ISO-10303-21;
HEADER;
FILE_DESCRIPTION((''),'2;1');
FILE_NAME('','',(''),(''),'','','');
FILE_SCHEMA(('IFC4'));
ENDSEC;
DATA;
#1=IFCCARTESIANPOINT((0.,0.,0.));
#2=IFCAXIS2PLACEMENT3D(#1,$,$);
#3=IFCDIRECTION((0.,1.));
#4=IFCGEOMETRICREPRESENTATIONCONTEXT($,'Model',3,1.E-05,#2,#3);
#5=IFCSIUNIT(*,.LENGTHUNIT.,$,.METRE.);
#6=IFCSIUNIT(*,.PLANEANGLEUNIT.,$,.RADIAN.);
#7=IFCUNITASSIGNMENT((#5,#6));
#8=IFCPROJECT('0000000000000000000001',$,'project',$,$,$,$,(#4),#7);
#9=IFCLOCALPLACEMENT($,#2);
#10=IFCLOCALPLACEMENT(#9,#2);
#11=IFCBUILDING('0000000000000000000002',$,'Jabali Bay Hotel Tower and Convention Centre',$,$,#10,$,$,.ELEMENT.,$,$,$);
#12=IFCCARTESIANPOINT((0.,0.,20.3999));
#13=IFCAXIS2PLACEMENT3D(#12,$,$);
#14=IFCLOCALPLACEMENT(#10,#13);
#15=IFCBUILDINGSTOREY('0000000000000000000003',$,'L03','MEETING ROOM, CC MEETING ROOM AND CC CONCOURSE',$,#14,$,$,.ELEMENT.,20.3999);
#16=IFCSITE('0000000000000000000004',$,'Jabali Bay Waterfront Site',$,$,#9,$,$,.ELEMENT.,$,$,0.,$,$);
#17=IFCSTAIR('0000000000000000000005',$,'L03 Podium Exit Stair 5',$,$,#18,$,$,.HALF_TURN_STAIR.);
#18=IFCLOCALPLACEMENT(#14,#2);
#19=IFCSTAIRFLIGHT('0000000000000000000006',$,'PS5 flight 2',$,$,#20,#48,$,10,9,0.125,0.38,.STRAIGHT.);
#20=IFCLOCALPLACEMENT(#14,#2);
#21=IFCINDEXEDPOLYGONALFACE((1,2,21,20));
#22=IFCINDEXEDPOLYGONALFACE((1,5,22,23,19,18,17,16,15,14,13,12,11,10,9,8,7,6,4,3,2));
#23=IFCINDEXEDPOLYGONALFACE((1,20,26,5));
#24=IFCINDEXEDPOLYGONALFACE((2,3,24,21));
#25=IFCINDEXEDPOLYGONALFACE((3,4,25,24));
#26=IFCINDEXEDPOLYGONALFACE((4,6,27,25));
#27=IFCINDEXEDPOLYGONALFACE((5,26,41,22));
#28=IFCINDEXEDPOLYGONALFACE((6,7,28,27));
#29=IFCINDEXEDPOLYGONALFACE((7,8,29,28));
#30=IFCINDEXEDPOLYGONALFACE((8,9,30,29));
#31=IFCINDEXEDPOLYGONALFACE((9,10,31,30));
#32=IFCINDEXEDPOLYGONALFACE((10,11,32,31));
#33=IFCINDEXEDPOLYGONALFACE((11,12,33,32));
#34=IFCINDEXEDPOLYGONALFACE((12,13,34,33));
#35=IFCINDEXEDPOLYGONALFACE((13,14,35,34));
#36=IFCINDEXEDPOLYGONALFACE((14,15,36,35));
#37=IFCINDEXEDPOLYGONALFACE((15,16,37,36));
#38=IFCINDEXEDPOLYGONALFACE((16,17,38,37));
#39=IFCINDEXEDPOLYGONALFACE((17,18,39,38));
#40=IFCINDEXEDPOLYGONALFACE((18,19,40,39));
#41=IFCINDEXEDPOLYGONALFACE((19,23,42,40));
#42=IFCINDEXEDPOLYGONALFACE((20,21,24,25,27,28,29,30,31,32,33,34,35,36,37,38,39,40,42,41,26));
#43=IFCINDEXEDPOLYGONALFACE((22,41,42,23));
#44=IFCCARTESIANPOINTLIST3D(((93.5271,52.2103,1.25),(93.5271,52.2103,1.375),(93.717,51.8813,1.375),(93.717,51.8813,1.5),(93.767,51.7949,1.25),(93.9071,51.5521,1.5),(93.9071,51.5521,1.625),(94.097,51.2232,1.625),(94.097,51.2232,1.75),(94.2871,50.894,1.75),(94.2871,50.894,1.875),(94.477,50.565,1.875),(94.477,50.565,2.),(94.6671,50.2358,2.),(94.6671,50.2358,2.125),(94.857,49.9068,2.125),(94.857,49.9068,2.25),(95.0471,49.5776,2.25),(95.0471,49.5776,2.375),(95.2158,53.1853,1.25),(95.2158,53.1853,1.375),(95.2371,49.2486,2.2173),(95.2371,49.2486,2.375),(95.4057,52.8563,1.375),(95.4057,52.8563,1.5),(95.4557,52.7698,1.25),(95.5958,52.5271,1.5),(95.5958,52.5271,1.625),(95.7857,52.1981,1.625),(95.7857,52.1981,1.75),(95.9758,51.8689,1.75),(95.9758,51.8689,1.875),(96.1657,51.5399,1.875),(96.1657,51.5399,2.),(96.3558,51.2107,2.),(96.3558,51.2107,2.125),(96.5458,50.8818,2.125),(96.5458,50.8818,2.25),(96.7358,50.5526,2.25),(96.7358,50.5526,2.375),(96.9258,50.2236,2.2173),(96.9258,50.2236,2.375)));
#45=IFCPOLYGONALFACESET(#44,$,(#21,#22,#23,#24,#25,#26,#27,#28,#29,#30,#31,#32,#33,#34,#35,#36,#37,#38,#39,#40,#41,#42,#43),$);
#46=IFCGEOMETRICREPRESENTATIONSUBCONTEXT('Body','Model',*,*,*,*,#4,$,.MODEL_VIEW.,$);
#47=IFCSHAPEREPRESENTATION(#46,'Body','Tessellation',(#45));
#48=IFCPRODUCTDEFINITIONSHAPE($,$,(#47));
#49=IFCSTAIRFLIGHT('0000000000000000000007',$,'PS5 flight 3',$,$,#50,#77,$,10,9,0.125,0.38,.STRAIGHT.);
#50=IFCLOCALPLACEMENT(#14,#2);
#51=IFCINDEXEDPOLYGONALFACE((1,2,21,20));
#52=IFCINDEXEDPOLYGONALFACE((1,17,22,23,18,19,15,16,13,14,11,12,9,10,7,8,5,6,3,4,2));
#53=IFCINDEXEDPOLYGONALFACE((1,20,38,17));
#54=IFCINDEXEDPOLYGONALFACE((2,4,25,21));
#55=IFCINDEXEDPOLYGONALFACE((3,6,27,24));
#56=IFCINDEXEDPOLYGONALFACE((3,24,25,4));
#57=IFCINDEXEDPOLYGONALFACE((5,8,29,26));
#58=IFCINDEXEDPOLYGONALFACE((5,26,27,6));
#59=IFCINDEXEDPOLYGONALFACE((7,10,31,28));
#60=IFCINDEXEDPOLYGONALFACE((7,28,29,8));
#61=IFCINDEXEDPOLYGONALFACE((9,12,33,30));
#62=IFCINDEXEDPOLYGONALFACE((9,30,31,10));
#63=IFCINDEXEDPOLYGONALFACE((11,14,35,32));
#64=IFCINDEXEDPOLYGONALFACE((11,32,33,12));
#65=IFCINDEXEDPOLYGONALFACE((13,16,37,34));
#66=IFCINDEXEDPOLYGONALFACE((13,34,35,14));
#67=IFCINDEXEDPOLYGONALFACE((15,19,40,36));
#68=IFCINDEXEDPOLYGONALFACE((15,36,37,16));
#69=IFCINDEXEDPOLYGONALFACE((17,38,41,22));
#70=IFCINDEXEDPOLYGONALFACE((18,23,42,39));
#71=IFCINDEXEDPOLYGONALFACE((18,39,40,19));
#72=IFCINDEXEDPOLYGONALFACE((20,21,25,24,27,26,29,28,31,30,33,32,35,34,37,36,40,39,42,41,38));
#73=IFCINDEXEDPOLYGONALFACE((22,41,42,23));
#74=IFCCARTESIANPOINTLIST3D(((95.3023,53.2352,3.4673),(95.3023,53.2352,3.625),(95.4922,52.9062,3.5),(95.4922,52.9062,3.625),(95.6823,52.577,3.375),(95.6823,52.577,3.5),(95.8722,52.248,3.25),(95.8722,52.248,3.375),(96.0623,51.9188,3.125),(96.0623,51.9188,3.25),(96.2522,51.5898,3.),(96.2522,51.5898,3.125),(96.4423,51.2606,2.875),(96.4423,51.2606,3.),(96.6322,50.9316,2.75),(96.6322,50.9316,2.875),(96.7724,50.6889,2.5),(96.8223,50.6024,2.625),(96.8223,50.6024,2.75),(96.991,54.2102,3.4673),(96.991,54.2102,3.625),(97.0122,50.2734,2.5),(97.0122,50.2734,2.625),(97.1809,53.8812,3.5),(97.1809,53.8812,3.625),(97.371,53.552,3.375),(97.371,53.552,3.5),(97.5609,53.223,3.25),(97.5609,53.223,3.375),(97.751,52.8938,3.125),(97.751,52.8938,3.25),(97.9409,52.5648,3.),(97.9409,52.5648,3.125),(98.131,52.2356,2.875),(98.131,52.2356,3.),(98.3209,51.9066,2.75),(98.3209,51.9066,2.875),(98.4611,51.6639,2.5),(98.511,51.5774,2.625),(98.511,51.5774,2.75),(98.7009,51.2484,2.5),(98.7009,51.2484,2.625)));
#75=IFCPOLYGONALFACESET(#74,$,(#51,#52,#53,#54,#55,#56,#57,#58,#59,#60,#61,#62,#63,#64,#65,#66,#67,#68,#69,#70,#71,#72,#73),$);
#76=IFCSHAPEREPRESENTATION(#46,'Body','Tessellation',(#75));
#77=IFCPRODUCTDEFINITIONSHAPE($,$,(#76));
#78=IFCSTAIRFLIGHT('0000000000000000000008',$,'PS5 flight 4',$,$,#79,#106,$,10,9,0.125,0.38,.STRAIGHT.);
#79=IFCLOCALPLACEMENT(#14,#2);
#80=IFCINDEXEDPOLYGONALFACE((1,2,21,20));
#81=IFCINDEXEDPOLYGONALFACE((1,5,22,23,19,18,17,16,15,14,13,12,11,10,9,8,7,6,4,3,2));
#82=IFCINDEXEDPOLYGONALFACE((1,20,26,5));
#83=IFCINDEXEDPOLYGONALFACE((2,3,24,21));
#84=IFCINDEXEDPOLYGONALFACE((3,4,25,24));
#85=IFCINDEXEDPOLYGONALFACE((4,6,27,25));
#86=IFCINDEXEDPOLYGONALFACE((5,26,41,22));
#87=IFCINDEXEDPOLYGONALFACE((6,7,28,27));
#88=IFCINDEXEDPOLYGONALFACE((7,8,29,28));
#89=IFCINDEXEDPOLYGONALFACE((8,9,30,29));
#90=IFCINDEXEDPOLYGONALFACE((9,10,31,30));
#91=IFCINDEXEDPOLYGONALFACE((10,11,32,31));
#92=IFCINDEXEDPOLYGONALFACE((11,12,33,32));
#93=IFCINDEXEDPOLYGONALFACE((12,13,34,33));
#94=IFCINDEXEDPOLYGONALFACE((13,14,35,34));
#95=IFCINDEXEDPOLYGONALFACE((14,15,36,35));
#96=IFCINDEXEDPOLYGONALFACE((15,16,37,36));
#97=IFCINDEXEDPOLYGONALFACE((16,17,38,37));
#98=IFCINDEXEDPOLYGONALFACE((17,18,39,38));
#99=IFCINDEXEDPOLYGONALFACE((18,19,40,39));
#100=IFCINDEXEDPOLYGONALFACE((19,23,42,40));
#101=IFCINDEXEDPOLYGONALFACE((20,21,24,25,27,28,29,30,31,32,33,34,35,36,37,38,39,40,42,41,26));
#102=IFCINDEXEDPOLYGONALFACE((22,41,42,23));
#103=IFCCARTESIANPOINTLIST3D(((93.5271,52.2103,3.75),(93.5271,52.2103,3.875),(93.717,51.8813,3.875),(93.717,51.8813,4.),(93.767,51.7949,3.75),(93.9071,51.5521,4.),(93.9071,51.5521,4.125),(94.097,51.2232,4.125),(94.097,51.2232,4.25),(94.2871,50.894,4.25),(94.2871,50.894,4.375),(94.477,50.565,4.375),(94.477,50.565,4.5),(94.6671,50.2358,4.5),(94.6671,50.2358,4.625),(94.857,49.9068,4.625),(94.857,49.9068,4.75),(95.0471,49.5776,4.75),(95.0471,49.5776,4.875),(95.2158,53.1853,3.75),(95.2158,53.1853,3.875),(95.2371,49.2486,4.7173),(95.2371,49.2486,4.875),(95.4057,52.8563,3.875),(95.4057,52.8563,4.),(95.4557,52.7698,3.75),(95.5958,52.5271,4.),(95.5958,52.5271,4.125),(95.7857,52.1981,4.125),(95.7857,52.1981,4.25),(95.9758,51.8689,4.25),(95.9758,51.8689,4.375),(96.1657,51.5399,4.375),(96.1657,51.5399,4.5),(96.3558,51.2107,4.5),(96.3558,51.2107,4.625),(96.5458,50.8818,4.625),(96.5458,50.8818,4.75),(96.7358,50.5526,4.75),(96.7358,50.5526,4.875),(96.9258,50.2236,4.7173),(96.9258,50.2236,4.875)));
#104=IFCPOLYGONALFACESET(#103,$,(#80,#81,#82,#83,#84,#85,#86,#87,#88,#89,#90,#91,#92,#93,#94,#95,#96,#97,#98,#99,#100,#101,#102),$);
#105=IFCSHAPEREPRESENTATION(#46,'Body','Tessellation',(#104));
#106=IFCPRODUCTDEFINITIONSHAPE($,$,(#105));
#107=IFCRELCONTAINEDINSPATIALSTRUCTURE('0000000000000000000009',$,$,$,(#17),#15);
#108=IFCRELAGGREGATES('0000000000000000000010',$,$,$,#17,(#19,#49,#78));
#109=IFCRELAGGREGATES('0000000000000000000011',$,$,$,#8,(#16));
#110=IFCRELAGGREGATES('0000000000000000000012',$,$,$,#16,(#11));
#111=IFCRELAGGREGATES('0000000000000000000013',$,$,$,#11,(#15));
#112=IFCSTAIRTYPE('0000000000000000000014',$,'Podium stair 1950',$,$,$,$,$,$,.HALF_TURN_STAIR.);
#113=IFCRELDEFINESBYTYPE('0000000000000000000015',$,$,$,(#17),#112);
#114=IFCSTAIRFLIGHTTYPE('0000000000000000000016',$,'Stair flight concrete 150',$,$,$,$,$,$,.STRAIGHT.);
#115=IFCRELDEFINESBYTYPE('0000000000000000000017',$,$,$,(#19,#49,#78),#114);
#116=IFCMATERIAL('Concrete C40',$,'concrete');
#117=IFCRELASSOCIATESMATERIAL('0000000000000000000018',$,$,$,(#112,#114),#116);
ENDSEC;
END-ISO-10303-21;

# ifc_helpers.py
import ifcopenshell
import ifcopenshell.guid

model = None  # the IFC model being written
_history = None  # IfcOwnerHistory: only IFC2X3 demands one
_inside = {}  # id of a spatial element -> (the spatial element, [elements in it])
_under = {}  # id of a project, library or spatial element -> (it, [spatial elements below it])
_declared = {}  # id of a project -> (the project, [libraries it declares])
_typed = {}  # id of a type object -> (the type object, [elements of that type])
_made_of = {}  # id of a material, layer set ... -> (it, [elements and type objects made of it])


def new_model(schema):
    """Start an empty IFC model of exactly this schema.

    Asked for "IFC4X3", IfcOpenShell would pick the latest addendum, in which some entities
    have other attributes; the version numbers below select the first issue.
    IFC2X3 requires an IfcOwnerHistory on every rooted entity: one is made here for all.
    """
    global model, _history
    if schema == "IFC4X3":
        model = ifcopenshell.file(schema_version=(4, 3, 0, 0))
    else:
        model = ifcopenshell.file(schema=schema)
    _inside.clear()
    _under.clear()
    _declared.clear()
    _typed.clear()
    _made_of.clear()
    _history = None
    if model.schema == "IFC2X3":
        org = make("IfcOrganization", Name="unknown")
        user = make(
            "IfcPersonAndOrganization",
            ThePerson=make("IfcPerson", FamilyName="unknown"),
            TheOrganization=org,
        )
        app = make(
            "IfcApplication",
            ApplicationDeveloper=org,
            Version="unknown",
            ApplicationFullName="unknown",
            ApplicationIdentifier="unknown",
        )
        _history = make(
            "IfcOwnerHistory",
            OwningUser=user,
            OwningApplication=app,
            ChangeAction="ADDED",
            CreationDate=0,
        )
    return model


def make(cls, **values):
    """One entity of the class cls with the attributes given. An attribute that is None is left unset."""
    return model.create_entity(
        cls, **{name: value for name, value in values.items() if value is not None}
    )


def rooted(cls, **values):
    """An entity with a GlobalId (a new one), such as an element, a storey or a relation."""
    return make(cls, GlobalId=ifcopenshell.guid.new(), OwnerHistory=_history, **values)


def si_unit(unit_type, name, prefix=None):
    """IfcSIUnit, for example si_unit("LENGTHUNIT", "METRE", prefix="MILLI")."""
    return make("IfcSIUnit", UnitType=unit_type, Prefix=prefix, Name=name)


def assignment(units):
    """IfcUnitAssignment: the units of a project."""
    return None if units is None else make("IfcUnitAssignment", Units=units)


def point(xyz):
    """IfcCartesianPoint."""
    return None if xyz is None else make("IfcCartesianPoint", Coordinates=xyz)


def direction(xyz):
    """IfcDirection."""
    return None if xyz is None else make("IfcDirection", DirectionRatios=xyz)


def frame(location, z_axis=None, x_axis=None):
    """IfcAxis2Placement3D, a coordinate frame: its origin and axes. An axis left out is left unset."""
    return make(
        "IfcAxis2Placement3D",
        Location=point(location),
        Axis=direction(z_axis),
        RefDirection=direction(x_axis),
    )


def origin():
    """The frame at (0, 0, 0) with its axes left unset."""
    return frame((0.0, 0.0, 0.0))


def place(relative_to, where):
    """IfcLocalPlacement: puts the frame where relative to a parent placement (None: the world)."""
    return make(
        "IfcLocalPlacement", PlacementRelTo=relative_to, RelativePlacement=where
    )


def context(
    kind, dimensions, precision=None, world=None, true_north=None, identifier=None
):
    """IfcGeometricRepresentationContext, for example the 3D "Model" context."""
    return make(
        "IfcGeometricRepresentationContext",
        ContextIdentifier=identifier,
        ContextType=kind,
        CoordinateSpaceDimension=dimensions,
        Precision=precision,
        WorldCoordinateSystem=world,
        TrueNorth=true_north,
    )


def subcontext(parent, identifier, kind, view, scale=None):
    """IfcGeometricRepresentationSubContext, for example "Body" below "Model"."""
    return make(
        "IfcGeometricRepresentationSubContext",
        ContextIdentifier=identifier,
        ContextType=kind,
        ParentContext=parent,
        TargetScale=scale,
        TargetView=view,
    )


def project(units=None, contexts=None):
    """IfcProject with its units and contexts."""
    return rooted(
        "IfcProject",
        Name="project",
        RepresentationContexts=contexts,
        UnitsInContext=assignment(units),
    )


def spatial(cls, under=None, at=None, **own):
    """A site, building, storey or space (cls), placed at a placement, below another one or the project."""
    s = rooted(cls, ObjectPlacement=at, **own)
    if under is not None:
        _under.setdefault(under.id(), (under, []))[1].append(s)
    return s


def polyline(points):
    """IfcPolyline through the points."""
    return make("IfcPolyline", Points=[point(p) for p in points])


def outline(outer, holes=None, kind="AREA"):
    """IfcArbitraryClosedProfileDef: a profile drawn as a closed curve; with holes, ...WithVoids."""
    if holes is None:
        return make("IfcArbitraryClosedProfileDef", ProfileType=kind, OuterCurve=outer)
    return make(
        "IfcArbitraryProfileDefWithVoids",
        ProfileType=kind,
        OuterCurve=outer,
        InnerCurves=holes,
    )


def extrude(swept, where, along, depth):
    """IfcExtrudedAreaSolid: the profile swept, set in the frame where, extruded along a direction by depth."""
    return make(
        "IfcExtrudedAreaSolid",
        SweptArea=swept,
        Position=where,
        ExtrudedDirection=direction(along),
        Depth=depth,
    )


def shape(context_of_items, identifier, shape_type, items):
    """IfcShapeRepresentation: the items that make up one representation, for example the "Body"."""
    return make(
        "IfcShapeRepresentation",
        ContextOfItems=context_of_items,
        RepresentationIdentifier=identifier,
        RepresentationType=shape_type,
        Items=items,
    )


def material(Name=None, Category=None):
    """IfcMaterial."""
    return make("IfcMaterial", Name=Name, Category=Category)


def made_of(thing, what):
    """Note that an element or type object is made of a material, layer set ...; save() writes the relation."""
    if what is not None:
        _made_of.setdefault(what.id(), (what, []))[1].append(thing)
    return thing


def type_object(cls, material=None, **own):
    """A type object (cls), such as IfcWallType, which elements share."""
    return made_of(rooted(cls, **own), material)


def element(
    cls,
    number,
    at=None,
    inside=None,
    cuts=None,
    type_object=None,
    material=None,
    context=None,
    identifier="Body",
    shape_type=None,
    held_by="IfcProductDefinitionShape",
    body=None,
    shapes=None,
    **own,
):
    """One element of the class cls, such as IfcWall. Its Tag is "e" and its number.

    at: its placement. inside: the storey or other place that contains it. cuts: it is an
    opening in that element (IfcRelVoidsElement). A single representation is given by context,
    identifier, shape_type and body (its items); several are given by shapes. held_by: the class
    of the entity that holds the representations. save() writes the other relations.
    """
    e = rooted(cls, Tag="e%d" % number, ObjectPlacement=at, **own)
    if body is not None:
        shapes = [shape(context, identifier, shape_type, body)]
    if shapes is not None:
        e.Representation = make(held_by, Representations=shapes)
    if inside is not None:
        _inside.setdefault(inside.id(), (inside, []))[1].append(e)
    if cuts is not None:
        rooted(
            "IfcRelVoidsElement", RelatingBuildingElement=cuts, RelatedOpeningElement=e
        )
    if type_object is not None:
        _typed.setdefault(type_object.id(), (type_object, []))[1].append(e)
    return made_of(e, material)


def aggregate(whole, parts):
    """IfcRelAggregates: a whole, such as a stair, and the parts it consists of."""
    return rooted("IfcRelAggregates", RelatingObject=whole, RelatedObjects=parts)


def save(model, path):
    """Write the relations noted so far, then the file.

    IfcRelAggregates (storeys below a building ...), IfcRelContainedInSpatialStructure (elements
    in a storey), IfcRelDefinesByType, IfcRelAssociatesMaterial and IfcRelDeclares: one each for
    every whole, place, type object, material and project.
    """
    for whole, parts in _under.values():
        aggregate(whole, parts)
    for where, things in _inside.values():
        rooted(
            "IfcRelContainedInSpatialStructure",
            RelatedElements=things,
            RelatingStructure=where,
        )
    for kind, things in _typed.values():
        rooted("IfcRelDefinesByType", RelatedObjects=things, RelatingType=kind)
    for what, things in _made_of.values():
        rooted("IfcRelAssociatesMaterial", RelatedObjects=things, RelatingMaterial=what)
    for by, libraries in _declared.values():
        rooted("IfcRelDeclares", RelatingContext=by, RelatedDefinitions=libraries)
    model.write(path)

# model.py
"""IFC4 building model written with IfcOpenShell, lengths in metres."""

from ifc_helpers import new_model, si_unit, direction, frame, origin, place, context, subcontext, project, spatial, polyline, outline, extrude, material, type_object, element, aggregate, save


model = new_model("IFC4")

# Units and contexts
model_context = context("Model", 3, precision=1e-05, world=origin(), true_north=direction((0.0, 1.0)))
body_context = subcontext(model_context, "Body", "Model", "MODEL_VIEW")
ifc_project = project(units=[si_unit("LENGTHUNIT", "METRE"), si_unit("PLANEANGLEUNIT", "RADIAN")], contexts=[model_context])

# Site, building, storey
site_placement = place(None, origin())
site = spatial("IfcSite", under=ifc_project, at=site_placement, Name="Jabali Bay Waterfront Site", CompositionType="ELEMENT", RefElevation=0.0)
building_placement = place(site_placement, origin())
building = spatial("IfcBuilding", under=site, at=building_placement, Name="Jabali Bay Hotel Tower and Convention Centre", CompositionType="ELEMENT")
storey_placement = place(building_placement, frame((0.0, 0.0, 20.3999)))
storey = spatial("IfcBuildingStorey", under=building, at=storey_placement, Name="L03", Description="MEETING ROOM, CC MEETING ROOM AND CC CONCOURSE", CompositionType="ELEMENT", Elevation=20.3999)

# Shared definitions
ifc_material_1 = material(Name="Concrete C40", Category="concrete")

# Stair, stair flights
stair_type = type_object("IfcStairType", Name="Podium stair 1950", PredefinedType="HALF_TURN_STAIR", material=ifc_material_1)
stair_placement = place(storey_placement, origin())
stair = element("IfcStair", 1, at=stair_placement, inside=storey, type_object=stair_type, Name="L03 Podium Exit Stair 5", PredefinedType="HALF_TURN_STAIR")
stair_flight_type = type_object("IfcStairFlightType", Name="Stair flight concrete 150", PredefinedType="STRAIGHT", material=ifc_material_1)
stair_flight_1_placement = place(storey_placement, frame((94.3713, 52.6978, 1.25), z_axis=(0.0, 0.0, 1.0), x_axis=(0.5, -0.866025, 0.0)))
stair_flight_1 = element("IfcStairFlight", 2, at=stair_flight_1_placement, type_object=stair_flight_type, Name="PS5 flight 2", NumberOfRisers=10, NumberOfTreads=9, PredefinedType="STRAIGHT", RiserHeight=0.125, TreadLength=0.38, context=body_context, shape_type="SweptSolid", body=[
    extrude(outline(polyline([(0.0, 0.0), (0.0, 0.125), (0.3799, 0.125), (0.3799, 0.25), (0.76, 0.25), (0.76, 0.375), (1.1399, 0.375), (1.1399, 0.5), (1.52, 0.5), (1.52, 0.625), (1.8999, 0.625), (1.8999, 0.75), (2.28, 0.75), (2.28, 0.875), (2.6599, 0.875), (2.6599, 1.0), (3.04, 1.0), (3.04, 1.125), (3.4199, 1.125), (3.4199, 1.25), (3.4199, 0.9673), (0.4797, 0.0), (0.0, 0.0)])), frame((0.0, 0.9751, 0.0), z_axis=(0.0, -1.0, 0.0), x_axis=(1.0, 0.0, 0.0)), (0.0, 0.0, 1.0), 1.95),
])
stair_flight_2_placement = place(storey_placement, frame((97.8567, 50.761, 2.5), z_axis=(0.0, 0.0, 1.0), x_axis=(-0.5, 0.866025, 0.0)))
stair_flight_2 = element("IfcStairFlight", 3, at=stair_flight_2_placement, type_object=stair_flight_type, Name="PS5 flight 3", NumberOfRisers=10, NumberOfTreads=9, PredefinedType="STRAIGHT", RiserHeight=0.125, TreadLength=0.38, context=body_context, shape_type="SweptSolid", body=[
    extrude(outline(polyline([(0.0, 0.0), (0.0, 0.125), (0.3799, 0.125), (0.3799, 0.25), (0.76, 0.25), (0.76, 0.375), (1.1399, 0.375), (1.1399, 0.5), (1.52, 0.5), (1.52, 0.625), (1.8999, 0.625), (1.8999, 0.75), (2.28, 0.75), (2.28, 0.875), (2.6599, 0.875), (2.6599, 1.0), (3.04, 1.0), (3.04, 1.125), (3.4199, 1.125), (3.4199, 1.25), (3.4199, 0.9673), (0.4797, 0.0), (0.0, 0.0)])), frame((0.0, 0.9751, 0.0), z_axis=(0.0, -1.0, 0.0), x_axis=(1.0, 0.0, 0.0)), (0.0, 0.0, 1.0), 1.95),
])
stair_flight_3_placement = place(storey_placement, frame((94.3713, 52.6978, 3.75), z_axis=(0.0, 0.0, 1.0), x_axis=(0.5, -0.866025, 0.0)))
stair_flight_3 = element("IfcStairFlight", 4, at=stair_flight_3_placement, type_object=stair_flight_type, Name="PS5 flight 4", NumberOfRisers=10, NumberOfTreads=9, PredefinedType="STRAIGHT", RiserHeight=0.125, TreadLength=0.38, context=body_context, shape_type="SweptSolid", body=[
    extrude(outline(polyline([(0.0, 0.0), (0.0, 0.125), (0.3799, 0.125), (0.3799, 0.25), (0.76, 0.25), (0.76, 0.375), (1.1399, 0.375), (1.1399, 0.5), (1.52, 0.5), (1.52, 0.625), (1.8999, 0.625), (1.8999, 0.75), (2.28, 0.75), (2.28, 0.875), (2.6599, 0.875), (2.6599, 1.0), (3.04, 1.0), (3.04, 1.125), (3.4199, 1.125), (3.4199, 1.25), (3.4199, 0.9673), (0.4797, 0.0), (0.0, 0.0)])), frame((0.0, 0.9751, 0.0), z_axis=(0.0, -1.0, 0.0), x_axis=(1.0, 0.0, 0.0)), (0.0, 0.0, 1.0), 1.95),
])
aggregate(stair, [stair_flight_1, stair_flight_2, stair_flight_3])

save(model, "model.ifc")
